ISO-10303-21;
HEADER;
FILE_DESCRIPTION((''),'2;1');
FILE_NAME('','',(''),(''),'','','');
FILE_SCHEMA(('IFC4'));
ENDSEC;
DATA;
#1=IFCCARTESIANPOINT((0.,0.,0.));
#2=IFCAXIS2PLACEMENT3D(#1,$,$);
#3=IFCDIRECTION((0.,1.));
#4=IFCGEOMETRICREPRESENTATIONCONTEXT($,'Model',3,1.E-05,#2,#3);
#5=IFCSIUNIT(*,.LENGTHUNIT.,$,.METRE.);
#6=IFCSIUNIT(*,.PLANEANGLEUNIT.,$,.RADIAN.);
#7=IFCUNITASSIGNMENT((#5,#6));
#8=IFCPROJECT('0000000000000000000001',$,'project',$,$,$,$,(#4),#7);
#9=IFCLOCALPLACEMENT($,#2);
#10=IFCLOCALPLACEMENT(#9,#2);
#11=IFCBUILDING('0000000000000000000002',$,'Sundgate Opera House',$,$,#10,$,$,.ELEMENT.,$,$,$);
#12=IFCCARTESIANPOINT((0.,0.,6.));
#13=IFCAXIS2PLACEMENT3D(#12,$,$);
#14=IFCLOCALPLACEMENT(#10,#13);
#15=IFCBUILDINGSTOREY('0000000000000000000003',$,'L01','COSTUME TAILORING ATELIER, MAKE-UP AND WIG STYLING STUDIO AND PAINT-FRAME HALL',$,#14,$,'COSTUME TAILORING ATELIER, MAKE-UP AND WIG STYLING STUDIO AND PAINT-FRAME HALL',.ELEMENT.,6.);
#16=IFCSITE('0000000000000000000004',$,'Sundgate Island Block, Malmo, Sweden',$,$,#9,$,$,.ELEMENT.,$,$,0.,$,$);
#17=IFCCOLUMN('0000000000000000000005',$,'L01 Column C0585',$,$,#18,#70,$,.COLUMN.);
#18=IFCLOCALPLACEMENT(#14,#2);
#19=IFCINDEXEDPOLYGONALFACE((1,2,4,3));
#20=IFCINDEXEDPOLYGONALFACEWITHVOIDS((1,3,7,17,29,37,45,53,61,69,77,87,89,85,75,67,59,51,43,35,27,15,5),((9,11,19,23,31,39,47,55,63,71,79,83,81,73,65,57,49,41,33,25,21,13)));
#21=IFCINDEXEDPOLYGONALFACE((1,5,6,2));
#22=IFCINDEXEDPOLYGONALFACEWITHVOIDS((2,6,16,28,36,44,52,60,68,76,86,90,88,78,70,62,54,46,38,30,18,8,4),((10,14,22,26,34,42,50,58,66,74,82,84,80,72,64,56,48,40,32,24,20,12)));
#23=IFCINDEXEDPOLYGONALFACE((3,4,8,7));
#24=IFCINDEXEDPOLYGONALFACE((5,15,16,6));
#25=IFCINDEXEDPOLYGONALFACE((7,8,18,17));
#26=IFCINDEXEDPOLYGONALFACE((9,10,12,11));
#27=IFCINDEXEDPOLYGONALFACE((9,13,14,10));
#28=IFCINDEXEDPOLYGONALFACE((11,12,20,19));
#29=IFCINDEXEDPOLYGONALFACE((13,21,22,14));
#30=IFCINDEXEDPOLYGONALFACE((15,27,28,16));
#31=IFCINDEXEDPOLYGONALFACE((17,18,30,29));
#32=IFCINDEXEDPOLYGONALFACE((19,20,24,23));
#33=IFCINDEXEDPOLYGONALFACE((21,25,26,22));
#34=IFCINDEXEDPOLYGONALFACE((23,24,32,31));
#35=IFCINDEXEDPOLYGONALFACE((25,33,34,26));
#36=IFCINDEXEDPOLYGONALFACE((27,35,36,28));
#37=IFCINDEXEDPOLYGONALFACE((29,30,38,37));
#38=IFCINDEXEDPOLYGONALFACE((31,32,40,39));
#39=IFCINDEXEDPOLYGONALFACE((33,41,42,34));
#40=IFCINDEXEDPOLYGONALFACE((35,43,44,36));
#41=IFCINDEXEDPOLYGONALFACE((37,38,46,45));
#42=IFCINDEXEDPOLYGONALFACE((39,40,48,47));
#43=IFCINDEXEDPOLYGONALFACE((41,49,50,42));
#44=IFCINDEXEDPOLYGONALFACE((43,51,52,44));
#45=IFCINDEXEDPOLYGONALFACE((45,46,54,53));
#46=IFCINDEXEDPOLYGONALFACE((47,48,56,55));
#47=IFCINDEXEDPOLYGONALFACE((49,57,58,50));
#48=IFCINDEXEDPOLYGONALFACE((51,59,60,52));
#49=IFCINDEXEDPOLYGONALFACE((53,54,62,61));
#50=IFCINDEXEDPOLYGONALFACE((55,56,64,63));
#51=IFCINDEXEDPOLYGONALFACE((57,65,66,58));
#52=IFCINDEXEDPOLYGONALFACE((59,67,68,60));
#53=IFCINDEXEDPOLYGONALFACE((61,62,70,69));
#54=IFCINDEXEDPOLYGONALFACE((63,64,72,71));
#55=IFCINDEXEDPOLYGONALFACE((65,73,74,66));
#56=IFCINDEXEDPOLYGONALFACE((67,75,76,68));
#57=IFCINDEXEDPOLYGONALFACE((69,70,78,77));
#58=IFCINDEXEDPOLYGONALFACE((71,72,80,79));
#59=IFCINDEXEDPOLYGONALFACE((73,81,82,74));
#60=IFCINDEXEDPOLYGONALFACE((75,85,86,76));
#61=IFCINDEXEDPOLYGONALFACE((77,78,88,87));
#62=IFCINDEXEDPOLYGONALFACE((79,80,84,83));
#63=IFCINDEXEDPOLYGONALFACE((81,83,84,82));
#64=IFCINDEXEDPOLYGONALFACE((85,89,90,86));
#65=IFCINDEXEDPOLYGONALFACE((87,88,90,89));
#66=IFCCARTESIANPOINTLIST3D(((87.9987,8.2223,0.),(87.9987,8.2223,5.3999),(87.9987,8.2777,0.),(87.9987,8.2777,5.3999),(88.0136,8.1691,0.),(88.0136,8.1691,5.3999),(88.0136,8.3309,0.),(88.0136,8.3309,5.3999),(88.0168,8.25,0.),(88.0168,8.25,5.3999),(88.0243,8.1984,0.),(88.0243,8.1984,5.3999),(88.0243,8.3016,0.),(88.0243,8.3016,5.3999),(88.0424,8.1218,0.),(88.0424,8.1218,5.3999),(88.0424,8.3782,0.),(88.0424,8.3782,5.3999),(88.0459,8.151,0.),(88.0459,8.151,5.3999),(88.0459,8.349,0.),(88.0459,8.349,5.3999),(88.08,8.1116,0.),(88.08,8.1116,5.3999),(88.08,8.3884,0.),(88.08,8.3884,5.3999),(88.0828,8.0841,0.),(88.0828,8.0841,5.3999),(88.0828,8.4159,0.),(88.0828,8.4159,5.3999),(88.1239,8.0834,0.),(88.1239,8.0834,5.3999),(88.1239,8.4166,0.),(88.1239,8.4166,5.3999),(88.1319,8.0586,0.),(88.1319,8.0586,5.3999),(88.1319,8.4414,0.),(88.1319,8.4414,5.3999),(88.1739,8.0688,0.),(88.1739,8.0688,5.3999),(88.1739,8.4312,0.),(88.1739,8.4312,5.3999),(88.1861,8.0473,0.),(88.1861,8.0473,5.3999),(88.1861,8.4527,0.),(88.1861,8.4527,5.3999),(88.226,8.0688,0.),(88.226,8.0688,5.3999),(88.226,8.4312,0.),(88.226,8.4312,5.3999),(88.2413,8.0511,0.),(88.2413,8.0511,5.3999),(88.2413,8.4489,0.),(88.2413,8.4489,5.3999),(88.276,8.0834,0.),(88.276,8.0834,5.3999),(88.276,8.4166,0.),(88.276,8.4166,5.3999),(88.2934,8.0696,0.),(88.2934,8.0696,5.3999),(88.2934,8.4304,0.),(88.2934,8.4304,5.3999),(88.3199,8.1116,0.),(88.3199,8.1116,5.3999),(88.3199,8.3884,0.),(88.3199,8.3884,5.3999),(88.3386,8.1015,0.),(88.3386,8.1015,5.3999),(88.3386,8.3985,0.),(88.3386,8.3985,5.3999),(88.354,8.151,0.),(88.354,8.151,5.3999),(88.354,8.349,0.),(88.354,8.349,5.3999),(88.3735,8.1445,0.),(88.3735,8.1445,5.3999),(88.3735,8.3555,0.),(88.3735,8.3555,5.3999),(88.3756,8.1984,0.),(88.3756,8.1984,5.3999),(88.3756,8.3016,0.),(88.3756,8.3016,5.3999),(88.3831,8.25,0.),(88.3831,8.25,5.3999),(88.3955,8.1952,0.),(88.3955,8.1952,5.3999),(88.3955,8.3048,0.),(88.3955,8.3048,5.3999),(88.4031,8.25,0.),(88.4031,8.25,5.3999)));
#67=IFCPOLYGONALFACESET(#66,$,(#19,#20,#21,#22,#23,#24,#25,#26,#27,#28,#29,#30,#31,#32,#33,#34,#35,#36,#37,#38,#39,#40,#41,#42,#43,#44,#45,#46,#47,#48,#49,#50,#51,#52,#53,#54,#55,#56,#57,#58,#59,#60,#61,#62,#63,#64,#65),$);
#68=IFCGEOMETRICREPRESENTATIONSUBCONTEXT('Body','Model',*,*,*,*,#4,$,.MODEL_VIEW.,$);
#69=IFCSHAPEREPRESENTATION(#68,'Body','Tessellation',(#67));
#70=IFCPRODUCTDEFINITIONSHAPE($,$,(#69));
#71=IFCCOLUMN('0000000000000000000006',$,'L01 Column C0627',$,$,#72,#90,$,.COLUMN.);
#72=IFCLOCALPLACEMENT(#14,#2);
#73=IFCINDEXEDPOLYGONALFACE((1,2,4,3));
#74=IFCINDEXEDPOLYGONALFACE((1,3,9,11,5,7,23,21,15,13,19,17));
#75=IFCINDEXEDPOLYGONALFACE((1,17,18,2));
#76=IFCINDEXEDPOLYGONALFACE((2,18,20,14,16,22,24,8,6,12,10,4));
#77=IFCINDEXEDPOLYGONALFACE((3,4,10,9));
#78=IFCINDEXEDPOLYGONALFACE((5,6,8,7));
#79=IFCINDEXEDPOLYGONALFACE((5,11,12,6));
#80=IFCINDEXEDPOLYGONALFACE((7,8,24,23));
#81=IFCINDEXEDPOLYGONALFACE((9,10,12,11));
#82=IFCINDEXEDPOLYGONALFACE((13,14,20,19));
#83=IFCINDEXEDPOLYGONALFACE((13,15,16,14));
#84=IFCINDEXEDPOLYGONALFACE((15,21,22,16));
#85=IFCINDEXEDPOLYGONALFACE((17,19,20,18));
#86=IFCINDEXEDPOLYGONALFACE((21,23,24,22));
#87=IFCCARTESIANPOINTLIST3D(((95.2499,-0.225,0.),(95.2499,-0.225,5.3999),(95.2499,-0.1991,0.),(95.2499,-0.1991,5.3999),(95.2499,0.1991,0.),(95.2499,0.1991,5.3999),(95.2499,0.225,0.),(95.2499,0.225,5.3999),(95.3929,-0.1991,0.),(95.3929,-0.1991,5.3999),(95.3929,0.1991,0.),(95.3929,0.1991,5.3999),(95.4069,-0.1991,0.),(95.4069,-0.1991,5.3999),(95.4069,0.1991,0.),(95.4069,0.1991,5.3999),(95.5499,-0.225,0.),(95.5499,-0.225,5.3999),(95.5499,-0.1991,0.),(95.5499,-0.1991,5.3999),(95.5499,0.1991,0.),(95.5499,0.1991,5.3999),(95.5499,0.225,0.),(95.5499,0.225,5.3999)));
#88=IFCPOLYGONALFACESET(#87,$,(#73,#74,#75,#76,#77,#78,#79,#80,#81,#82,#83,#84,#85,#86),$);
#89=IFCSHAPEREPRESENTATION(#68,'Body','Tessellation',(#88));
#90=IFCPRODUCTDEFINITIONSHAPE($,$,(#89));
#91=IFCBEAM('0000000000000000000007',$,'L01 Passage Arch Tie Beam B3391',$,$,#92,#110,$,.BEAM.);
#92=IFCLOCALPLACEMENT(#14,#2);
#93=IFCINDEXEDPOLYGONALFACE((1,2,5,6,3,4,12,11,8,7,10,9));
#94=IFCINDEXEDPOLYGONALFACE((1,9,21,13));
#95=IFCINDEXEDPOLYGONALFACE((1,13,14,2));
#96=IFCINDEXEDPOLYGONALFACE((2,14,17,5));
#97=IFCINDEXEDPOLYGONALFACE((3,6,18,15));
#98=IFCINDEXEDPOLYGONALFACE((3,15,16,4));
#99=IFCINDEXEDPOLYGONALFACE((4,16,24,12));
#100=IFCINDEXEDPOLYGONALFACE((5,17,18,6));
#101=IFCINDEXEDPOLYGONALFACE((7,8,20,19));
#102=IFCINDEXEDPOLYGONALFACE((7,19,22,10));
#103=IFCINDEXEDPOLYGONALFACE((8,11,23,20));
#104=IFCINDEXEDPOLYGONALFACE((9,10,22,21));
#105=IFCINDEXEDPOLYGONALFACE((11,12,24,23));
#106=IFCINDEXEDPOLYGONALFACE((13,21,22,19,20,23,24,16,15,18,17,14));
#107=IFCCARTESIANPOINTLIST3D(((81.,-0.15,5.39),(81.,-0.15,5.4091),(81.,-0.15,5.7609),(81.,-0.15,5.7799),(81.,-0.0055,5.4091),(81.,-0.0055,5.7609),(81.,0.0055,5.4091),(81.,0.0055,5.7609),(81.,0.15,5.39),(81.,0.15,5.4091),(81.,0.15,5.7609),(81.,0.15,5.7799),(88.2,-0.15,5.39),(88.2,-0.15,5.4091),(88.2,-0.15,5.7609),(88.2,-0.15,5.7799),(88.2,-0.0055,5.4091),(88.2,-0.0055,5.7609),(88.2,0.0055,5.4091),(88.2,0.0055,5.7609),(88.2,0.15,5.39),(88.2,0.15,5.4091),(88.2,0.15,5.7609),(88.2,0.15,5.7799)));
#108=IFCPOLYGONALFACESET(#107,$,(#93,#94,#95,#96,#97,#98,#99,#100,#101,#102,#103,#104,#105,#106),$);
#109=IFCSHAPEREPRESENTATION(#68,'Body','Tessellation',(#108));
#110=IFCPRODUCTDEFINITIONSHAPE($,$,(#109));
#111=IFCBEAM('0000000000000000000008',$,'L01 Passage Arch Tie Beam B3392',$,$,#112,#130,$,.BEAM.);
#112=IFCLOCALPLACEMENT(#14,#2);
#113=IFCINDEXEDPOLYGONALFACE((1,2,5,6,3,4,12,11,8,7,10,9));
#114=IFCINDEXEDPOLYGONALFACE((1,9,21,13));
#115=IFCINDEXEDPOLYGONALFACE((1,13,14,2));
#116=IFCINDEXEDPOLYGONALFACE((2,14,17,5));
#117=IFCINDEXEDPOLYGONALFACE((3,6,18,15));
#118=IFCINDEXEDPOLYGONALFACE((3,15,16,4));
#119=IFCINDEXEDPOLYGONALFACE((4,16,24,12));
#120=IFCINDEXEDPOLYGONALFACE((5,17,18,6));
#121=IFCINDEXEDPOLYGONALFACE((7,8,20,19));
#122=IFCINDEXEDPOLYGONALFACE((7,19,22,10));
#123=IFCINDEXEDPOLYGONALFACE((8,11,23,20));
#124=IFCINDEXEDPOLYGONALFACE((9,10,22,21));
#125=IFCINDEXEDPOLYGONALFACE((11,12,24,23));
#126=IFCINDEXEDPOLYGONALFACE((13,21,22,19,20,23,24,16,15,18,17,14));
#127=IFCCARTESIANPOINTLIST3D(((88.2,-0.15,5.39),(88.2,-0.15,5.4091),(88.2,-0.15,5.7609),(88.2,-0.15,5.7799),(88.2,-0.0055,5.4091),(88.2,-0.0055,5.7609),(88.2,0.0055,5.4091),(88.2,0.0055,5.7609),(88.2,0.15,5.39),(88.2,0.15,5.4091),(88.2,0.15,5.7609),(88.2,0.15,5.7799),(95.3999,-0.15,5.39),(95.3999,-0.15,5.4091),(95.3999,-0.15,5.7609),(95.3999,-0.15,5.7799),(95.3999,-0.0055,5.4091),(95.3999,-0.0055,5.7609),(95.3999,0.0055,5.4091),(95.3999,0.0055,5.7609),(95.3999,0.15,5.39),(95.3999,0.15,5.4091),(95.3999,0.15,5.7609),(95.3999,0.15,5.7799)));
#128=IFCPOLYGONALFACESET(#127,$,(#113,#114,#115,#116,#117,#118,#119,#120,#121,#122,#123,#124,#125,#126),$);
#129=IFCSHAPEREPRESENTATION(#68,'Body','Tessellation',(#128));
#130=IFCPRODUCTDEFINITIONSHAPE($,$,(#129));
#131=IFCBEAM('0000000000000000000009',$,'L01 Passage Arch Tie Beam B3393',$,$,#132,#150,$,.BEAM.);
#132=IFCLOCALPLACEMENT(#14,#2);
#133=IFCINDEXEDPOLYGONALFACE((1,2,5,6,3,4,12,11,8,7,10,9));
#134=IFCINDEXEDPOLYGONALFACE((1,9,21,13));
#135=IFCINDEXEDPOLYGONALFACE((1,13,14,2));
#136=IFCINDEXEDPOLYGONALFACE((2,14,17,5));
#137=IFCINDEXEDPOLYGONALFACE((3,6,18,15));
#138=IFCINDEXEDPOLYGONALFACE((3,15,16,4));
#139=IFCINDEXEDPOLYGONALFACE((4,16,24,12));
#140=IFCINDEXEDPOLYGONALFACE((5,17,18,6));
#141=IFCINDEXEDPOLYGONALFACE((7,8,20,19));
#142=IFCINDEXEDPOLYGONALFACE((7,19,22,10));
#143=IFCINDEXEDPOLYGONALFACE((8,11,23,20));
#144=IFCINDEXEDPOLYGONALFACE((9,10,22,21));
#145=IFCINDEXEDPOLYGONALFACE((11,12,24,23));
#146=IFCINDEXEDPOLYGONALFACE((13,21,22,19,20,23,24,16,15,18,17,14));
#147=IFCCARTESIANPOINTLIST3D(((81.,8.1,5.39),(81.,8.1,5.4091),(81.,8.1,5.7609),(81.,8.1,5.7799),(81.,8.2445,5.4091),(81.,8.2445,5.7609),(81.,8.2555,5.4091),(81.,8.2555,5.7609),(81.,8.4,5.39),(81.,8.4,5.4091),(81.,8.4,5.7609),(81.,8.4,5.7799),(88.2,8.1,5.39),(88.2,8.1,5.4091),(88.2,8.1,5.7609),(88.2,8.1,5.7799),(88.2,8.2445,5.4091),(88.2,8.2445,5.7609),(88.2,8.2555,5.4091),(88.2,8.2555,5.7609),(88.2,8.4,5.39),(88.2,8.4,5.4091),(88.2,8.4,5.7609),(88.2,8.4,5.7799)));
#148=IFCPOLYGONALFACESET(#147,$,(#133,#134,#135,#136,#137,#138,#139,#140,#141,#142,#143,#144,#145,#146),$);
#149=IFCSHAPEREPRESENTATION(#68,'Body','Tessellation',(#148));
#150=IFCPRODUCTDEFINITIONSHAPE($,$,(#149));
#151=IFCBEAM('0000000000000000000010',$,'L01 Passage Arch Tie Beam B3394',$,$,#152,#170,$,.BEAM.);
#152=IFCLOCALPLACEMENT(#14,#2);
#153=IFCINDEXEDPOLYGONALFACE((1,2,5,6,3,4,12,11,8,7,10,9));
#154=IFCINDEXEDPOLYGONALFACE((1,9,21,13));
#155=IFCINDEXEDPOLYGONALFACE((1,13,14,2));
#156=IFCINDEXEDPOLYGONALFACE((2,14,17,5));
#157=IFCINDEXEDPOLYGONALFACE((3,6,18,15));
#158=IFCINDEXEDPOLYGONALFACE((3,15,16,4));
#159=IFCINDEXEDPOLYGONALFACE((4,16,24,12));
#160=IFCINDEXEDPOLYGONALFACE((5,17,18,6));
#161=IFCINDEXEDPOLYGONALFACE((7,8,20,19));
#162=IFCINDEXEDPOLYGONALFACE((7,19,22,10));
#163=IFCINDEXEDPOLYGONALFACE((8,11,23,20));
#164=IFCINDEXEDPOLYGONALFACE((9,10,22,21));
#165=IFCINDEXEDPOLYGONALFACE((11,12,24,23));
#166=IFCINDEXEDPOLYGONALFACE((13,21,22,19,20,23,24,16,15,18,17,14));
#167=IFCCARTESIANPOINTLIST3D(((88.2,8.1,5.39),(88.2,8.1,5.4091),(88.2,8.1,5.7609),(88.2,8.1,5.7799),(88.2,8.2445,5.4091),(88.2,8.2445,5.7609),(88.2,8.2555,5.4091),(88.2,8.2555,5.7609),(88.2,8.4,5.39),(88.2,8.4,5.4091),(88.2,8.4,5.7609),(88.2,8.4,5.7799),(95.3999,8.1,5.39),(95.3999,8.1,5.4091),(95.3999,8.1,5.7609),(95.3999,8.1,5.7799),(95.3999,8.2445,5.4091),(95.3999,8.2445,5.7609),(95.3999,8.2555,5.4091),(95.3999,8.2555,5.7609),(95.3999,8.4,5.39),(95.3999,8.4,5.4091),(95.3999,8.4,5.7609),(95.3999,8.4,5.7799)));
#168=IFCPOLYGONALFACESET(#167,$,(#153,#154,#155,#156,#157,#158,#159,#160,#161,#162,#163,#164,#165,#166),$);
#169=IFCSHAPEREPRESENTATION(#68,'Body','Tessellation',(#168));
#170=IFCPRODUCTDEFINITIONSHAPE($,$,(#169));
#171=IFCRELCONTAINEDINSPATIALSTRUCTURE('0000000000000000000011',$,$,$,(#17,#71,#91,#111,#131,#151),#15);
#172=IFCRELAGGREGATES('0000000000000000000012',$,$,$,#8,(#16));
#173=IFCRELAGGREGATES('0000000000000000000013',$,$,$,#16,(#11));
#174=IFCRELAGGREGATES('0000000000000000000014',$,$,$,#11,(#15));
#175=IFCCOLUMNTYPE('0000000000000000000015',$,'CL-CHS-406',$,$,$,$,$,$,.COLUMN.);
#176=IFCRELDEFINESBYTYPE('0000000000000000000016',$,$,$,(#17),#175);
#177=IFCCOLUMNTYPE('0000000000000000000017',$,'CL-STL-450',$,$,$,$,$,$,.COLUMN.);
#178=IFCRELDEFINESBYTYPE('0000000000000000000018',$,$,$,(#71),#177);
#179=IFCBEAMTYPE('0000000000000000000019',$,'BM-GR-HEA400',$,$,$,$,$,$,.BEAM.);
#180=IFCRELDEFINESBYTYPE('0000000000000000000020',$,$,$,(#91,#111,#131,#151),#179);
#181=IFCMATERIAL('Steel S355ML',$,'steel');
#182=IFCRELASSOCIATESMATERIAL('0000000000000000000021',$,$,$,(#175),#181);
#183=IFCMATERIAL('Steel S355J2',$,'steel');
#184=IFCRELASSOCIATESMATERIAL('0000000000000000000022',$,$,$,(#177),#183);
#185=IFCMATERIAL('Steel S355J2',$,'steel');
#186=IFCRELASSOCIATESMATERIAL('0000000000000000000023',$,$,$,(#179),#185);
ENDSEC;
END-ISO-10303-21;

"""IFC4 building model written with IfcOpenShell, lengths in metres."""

from ifc_helpers import new_model, si_unit, direction, frame, origin, origin_2d, place, context, subcontext, project, spatial, hollow_circle, i_section, extrude, material, material_profile, profile_set, type_object, element, save


model = new_model("IFC4")

# Units and contexts
model_context = context("Model", 3, precision=1e-05, world=origin(), true_north=direction((0.0, 1.0)))
body_context = subcontext(model_context, "Body", "Model", "MODEL_VIEW")
ifc_project = project(units=[si_unit("LENGTHUNIT", "METRE"), si_unit("PLANEANGLEUNIT", "RADIAN")], contexts=[model_context])

# Site, building, storey
site_placement = place(None, origin())
site = spatial("IfcSite", under=ifc_project, at=site_placement, Name="Sundgate Island Block, Malmo, Sweden", CompositionType="ELEMENT", RefElevation=0.0)
building_placement = place(site_placement, origin())
building = spatial("IfcBuilding", under=site, at=building_placement, Name="Sundgate Opera House", CompositionType="ELEMENT")
storey_placement = place(building_placement, frame((0.0, 0.0, 6.0)))
storey = spatial("IfcBuildingStorey", under=building, at=storey_placement, Name="L01", Description="COSTUME TAILORING ATELIER, MAKE-UP AND WIG STYLING STUDIO AND PAINT-FRAME HALL", LongName="COSTUME TAILORING ATELIER, MAKE-UP AND WIG STYLING STUDIO AND PAINT-FRAME HALL", CompositionType="ELEMENT", Elevation=6.0)

# Columns
ifc_material_1 = material(Name="Steel S355ML", Category="steel")
ifc_material_profile_1 = material_profile(ifc_material_1, hollow_circle(Radius=0.2031, WallThickness=0.02, at=origin_2d()), Name="CHS 406.4x20.0")
ifc_profile_set_1 = profile_set([ifc_material_profile_1], Name="Steel S355ML")
column_type_1 = type_object("IfcColumnType", Name="CL-CHS-406", PredefinedType="COLUMN", material=ifc_profile_set_1)
for number, where, z_axis, x_axis, name in (
    (1, (88.2, 8.25, 0.0), (0.0, 0.0, 1.0), (1.0, 0.0, 0.0), "L01 Column C0585"),
):
    element("IfcColumn", number, at=place(storey_placement, frame(where, z_axis=z_axis, x_axis=x_axis)), inside=storey, type_object=column_type_1, Name=name, PredefinedType="COLUMN", context=body_context, shape_type="SweptSolid", body=[
        extrude(hollow_circle(Radius=0.2031, WallThickness=0.02, at=origin_2d()), origin(), (0.0, 0.0, 1.0), 5.3999),
    ])
ifc_material_2 = material(Name="Steel S355J2", Category="steel")
ifc_material_profile_2 = material_profile(ifc_material_2, i_section(OverallWidth=0.3, OverallDepth=0.45, WebThickness=0.0139, FlangeThickness=0.0259, at=origin_2d()), Name="HEB 450")
ifc_profile_set_2 = profile_set([ifc_material_profile_2], Name="Steel S355J2")
column_type_2 = type_object("IfcColumnType", Name="CL-STL-450", PredefinedType="COLUMN", material=ifc_profile_set_2)
column_placement = place(storey_placement, frame((95.3999, 0.0, 0.0), z_axis=(0.0, 0.0, 1.0), x_axis=(1.0, 0.0, 0.0)))
element("IfcColumn", 2, at=column_placement, inside=storey, type_object=column_type_2, Name="L01 Column C0627", PredefinedType="COLUMN", context=body_context, shape_type="SweptSolid", body=[
    extrude(i_section(OverallWidth=0.3, OverallDepth=0.45, WebThickness=0.0139, FlangeThickness=0.0259, at=origin_2d()), origin(), (0.0, 0.0, 1.0), 5.3999),
])

# Beams
ifc_material_3 = material(Name="Steel S355J2", Category="steel")
ifc_material_profile_3 = material_profile(ifc_material_3, i_section(OverallWidth=0.3, OverallDepth=0.3899, WebThickness=0.011, FlangeThickness=0.019, at=origin_2d()), Name="HEA 400")
ifc_profile_set_3 = profile_set([ifc_material_profile_3], Name="Steel S355J2")
beam_type = type_object("IfcBeamType", Name="BM-GR-HEA400", PredefinedType="BEAM", material=ifc_profile_set_3)
for number, where, z_axis, x_axis, name in (
    (3, (81.0, 0.0, 5.585), (1.0, 0.0, 0.0), (0.0, 1.0, 0.0), "L01 Passage Arch Tie Beam B3391"),
    (4, (88.2, 0.0, 5.585), (1.0, 0.0, 0.0), (0.0, 1.0, 0.0), "L01 Passage Arch Tie Beam B3392"),
    (5, (81.0, 8.25, 5.585), (1.0, 0.0, 0.0), (0.0, 1.0, 0.0), "L01 Passage Arch Tie Beam B3393"),
    (6, (88.2, 8.25, 5.585), (1.0, 0.0, 0.0), (0.0, 1.0, 0.0), "L01 Passage Arch Tie Beam B3394"),
):
    element("IfcBeam", number, at=place(storey_placement, frame(where, z_axis=z_axis, x_axis=x_axis)), inside=storey, type_object=beam_type, Name=name, PredefinedType="BEAM", context=body_context, shape_type="SweptSolid", body=[
        extrude(i_section(OverallWidth=0.3, OverallDepth=0.3899, WebThickness=0.011, FlangeThickness=0.019, at=origin_2d()), origin(), (0.0, 0.0, 1.0), 7.2),
    ])

save(model, "model.ifc")
